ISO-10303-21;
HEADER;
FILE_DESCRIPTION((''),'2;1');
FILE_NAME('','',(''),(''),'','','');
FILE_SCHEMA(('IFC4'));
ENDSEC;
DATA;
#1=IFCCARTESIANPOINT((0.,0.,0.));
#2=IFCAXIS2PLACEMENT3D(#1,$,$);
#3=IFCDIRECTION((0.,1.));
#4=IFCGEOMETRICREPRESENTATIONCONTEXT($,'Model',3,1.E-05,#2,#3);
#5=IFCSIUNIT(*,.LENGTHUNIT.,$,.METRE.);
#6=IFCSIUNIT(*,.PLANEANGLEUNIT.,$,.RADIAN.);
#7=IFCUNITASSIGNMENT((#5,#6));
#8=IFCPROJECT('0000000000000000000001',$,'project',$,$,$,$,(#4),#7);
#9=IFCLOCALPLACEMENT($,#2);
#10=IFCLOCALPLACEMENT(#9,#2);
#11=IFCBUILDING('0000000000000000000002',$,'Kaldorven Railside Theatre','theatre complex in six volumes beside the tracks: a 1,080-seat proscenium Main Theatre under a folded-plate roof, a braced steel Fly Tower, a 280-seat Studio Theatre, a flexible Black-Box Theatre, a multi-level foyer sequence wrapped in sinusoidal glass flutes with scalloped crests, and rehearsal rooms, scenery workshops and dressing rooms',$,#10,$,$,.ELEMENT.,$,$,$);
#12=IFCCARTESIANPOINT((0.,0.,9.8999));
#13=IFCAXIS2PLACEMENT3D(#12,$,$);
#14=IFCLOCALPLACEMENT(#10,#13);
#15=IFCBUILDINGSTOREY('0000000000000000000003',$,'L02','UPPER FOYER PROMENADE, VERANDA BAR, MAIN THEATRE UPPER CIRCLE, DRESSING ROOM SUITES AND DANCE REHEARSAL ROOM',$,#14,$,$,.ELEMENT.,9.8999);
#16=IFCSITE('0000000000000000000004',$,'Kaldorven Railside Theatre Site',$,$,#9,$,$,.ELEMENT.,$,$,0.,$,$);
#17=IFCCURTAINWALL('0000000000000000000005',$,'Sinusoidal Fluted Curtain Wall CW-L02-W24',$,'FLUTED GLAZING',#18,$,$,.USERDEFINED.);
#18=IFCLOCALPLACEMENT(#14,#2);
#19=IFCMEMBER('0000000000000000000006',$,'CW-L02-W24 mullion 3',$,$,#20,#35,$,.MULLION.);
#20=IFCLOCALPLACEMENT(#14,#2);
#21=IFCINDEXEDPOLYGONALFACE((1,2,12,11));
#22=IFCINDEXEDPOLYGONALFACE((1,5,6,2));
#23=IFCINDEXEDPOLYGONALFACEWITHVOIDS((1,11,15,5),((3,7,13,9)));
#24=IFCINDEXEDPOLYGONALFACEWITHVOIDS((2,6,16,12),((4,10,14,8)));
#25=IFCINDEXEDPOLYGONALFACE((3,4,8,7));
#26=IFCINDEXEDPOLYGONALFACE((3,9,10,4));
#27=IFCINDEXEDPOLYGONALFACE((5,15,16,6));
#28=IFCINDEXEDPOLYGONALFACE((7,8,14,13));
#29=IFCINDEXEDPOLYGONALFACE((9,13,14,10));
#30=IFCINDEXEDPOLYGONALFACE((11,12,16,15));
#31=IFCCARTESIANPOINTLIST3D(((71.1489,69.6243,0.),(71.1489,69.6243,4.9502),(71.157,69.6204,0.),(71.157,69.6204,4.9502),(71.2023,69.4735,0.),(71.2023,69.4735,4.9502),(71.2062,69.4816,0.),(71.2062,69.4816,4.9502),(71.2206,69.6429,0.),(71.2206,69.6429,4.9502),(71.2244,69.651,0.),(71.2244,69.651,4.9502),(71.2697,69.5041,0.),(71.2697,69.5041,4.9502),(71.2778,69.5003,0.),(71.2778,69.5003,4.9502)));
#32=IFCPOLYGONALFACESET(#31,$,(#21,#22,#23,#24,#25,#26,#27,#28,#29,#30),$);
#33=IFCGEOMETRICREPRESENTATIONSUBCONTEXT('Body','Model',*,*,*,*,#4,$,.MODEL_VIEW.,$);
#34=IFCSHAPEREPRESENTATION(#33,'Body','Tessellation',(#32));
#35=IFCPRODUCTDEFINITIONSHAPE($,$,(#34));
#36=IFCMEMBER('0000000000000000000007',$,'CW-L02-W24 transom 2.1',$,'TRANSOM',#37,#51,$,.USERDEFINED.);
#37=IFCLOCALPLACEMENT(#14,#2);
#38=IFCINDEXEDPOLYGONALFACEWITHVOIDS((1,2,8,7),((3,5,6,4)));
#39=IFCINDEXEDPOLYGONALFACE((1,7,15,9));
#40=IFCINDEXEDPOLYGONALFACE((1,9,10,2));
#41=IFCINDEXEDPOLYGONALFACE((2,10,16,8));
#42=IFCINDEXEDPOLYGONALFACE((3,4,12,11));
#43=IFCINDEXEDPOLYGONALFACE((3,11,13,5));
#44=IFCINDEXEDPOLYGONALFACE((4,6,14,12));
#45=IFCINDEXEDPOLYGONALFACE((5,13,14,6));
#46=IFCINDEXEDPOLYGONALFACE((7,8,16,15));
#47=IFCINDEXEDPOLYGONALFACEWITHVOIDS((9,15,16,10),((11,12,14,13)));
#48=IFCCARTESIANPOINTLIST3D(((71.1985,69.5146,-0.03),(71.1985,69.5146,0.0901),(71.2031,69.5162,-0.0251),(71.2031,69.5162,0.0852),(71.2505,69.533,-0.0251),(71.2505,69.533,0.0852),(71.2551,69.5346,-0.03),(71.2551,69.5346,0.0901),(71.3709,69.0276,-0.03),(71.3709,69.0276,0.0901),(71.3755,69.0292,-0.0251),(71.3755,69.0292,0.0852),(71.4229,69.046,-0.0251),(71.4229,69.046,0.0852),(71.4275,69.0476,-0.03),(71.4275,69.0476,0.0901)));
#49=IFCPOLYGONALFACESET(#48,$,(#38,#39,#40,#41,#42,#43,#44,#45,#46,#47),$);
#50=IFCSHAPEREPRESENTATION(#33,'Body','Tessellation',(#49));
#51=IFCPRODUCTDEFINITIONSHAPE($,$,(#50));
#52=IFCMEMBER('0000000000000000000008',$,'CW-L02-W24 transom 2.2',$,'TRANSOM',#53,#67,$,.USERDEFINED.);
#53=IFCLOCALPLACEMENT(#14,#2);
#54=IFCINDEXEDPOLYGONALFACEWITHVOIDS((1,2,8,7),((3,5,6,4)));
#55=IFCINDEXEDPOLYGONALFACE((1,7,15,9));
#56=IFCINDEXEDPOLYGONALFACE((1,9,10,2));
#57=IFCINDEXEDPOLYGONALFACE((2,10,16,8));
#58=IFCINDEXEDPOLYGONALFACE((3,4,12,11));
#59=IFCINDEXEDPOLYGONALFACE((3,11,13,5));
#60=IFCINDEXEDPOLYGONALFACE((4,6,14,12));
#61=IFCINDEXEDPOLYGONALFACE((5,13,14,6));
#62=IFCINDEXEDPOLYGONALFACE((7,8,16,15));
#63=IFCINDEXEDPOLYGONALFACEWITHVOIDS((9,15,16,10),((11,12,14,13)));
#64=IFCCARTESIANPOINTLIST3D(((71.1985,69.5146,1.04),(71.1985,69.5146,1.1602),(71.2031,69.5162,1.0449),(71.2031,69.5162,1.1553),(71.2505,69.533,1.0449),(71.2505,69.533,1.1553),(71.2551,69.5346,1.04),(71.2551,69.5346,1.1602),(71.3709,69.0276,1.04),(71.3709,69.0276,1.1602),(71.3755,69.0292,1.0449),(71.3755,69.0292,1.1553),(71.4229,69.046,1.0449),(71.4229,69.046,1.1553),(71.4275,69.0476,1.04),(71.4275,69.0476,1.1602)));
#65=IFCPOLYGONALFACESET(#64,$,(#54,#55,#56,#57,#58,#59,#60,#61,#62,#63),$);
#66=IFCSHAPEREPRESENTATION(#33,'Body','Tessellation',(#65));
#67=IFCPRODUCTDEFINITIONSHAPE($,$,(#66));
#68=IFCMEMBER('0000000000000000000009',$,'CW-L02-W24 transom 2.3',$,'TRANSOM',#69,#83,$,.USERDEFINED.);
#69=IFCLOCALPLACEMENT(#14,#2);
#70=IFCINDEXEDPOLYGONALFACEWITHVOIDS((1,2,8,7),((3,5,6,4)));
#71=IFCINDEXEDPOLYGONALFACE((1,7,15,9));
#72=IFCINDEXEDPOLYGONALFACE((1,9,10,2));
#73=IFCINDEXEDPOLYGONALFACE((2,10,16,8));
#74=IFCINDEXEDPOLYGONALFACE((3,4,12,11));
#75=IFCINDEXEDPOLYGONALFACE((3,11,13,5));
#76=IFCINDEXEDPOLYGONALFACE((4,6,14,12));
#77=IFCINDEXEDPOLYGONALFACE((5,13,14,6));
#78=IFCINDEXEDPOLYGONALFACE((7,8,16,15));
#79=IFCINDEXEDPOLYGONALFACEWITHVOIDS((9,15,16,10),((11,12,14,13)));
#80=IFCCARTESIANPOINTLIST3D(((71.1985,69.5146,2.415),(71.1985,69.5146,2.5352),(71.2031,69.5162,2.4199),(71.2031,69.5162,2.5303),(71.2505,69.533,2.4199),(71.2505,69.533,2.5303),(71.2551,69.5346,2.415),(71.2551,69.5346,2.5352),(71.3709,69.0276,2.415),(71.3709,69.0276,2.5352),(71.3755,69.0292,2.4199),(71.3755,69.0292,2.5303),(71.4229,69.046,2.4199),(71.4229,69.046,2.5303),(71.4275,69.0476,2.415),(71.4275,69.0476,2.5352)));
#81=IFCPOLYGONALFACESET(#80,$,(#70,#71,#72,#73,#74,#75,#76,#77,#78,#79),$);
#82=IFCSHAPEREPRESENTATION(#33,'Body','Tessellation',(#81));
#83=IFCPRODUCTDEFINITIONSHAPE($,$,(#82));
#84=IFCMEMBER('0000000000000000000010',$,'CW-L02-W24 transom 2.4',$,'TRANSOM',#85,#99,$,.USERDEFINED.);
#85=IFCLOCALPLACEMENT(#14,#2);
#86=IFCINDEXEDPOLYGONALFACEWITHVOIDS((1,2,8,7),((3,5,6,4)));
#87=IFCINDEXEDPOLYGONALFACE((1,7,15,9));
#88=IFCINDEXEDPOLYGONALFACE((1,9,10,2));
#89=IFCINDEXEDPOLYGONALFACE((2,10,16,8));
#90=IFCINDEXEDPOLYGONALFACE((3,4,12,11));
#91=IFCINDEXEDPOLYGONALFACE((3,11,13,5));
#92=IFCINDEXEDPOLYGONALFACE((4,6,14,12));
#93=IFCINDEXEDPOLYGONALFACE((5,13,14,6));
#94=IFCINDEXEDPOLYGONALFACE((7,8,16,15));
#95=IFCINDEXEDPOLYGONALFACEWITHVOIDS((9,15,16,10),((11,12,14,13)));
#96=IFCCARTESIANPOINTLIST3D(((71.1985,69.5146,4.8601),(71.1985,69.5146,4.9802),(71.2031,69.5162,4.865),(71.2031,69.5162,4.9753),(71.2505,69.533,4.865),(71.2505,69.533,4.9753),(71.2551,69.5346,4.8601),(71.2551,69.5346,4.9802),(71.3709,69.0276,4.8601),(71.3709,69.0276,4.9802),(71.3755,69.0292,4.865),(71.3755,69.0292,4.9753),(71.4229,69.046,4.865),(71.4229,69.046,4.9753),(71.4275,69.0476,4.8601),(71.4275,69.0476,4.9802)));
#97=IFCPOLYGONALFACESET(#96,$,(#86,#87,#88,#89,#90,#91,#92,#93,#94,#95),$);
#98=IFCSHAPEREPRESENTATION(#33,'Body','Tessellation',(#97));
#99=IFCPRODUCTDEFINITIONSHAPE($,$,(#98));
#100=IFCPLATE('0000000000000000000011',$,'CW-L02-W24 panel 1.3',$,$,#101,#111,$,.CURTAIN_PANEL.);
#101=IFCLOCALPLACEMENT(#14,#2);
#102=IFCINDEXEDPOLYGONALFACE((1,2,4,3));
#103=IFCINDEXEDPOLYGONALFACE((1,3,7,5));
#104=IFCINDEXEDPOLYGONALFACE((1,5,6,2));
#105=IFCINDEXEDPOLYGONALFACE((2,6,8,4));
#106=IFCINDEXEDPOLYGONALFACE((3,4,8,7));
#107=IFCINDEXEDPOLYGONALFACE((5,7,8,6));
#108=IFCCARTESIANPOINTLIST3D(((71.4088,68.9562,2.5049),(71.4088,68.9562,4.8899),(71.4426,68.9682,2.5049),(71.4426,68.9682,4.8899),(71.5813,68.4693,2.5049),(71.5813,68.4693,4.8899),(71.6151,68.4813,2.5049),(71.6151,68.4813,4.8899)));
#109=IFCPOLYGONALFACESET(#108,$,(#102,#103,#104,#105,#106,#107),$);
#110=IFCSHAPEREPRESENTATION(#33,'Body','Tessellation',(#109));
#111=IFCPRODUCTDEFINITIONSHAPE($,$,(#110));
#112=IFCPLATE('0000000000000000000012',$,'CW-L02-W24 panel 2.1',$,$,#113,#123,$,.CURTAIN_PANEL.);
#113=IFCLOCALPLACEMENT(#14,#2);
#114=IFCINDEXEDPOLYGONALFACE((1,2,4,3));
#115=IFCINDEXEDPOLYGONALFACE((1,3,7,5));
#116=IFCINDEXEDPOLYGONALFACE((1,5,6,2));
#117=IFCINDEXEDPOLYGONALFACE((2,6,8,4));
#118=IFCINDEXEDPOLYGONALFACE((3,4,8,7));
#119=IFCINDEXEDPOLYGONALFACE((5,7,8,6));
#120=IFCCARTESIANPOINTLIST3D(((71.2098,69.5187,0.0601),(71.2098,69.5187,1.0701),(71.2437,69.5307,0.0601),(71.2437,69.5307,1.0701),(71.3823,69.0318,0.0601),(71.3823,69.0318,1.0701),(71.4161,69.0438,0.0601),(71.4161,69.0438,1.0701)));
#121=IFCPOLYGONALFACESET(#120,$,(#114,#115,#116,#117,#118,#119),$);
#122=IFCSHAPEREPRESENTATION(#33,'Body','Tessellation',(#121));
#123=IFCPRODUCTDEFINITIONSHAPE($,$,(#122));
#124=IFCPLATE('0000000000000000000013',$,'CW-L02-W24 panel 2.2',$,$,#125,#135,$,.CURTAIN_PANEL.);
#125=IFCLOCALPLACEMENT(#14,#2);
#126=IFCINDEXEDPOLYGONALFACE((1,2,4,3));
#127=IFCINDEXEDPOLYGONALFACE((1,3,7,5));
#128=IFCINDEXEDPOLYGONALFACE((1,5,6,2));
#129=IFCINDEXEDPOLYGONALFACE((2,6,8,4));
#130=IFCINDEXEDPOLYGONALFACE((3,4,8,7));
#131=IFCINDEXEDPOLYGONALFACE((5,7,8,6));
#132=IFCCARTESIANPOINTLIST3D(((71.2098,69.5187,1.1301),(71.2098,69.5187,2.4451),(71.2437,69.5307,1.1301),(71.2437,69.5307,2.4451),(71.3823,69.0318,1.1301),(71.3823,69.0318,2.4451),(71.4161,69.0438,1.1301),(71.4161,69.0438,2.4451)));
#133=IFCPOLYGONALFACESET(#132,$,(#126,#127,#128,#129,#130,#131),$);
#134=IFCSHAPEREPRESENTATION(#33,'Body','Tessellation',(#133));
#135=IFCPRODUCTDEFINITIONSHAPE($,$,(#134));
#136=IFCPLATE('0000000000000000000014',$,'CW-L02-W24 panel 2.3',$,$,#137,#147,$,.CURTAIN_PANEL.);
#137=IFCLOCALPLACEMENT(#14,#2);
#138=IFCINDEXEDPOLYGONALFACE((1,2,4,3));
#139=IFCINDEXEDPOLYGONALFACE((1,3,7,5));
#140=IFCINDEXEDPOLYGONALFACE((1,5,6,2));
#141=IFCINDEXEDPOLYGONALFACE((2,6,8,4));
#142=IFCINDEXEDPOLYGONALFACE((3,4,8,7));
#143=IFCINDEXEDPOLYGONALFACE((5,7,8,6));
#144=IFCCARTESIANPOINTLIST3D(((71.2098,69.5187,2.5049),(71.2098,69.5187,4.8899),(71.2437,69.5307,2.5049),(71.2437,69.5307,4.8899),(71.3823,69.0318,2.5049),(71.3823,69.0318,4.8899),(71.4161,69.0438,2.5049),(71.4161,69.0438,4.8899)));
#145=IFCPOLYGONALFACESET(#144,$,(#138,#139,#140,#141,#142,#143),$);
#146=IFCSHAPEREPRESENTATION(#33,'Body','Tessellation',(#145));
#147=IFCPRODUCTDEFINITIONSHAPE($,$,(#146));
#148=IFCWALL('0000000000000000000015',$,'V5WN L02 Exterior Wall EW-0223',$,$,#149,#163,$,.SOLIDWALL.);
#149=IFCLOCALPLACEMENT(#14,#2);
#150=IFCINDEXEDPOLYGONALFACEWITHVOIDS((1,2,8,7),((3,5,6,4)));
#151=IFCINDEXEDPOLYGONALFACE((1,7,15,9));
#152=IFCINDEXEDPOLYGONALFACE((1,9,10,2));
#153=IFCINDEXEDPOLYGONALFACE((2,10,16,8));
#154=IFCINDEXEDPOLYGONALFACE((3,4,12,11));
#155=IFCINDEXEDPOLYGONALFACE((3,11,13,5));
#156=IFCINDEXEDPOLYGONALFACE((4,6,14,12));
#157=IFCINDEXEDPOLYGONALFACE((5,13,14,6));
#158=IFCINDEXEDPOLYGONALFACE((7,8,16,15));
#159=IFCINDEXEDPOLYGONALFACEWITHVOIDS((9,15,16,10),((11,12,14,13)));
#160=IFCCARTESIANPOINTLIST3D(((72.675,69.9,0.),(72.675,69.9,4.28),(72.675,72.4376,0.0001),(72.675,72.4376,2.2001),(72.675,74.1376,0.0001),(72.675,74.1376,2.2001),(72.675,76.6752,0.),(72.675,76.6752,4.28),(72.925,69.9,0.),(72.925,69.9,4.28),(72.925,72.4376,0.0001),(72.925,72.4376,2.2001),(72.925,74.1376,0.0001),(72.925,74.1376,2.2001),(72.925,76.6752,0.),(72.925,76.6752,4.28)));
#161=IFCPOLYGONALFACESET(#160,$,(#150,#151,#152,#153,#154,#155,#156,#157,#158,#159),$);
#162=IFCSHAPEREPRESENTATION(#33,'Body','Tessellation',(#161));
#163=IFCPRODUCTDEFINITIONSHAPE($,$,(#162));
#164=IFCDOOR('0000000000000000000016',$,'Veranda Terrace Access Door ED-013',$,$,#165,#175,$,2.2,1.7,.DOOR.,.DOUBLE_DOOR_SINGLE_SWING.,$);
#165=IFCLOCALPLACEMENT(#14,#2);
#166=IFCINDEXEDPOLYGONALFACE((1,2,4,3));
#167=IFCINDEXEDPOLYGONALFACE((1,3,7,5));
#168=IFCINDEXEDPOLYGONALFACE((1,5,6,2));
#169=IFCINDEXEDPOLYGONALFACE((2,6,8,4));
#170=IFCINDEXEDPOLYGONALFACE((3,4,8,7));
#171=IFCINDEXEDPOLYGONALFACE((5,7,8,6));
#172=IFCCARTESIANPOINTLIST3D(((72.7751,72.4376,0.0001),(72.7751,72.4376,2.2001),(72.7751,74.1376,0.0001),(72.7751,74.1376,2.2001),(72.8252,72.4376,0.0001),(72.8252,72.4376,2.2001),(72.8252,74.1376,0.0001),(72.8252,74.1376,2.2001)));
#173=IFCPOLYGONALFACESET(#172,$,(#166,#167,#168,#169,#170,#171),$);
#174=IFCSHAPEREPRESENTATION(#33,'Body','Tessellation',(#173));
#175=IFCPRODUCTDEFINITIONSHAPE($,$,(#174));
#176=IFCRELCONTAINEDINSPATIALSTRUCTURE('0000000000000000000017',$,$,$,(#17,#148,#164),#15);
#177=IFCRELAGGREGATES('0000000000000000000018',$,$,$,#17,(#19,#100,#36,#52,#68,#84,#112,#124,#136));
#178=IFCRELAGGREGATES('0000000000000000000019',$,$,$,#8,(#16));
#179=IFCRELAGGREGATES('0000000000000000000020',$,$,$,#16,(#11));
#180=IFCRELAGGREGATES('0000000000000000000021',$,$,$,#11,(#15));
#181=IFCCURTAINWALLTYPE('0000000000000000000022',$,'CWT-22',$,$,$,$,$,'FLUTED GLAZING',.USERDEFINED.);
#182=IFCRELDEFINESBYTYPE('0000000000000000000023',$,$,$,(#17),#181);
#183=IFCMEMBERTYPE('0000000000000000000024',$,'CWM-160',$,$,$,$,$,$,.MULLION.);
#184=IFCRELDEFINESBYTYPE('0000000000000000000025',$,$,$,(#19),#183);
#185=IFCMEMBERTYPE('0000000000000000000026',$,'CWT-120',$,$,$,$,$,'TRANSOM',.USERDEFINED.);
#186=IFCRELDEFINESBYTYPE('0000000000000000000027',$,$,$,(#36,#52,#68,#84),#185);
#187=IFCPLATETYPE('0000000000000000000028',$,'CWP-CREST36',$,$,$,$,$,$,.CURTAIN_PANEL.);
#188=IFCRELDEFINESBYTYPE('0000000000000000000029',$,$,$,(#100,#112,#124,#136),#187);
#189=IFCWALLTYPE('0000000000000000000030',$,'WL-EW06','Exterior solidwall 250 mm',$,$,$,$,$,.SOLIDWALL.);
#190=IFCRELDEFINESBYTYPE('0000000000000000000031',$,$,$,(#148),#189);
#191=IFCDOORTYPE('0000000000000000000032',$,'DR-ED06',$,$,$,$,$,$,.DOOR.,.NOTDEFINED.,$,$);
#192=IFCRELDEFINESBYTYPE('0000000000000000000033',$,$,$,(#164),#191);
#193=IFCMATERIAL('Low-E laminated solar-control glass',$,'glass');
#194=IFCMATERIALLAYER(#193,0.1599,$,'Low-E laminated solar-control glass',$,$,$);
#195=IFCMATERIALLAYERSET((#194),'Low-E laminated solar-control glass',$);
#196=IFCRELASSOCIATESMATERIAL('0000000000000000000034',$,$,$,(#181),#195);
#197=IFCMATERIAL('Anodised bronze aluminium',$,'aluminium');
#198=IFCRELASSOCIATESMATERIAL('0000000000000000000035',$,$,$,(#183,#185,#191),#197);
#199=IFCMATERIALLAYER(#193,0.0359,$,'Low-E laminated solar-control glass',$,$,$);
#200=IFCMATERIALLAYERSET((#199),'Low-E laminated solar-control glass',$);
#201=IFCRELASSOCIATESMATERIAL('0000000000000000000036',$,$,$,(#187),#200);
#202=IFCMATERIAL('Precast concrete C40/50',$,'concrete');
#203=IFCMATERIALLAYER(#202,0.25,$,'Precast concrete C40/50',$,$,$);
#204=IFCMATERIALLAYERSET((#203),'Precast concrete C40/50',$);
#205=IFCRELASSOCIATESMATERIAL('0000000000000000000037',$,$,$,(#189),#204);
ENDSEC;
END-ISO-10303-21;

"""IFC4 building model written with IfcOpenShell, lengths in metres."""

from ifc_helpers import new_model, si_unit, direction, frame, frame_2d, origin, origin_2d, place, context, subcontext, project, spatial, rectangle, hollow_rectangle, extrude, material, layer, layer_set, material_profile, profile_set, type_object, element, fill, aggregate, save


model = new_model("IFC4")

# Units and contexts
model_context = context("Model", 3, precision=1e-05, world=origin(), true_north=direction((0.0, 1.0)))
body_context = subcontext(model_context, "Body", "Model", "MODEL_VIEW")
ifc_project = project(units=[si_unit("LENGTHUNIT", "METRE"), si_unit("PLANEANGLEUNIT", "RADIAN")], contexts=[model_context])

# Site, building, storey
site_placement = place(None, origin())
site = spatial("IfcSite", under=ifc_project, at=site_placement, Name="Kaldorven Railside Theatre Site", CompositionType="ELEMENT", RefElevation=0.0)
building_placement = place(site_placement, origin())
building = spatial("IfcBuilding", under=site, at=building_placement, Name="Kaldorven Railside Theatre", Description="theatre complex in six volumes beside the tracks: a 1,080-seat proscenium Main Theatre under a folded-plate roof, a braced steel Fly Tower, a 280-seat Studio Theatre, a flexible Black-Box Theatre, a multi-level foyer sequence wrapped in sinusoidal glass flutes with scalloped crests, and rehearsal rooms, scenery workshops and dressing rooms", CompositionType="ELEMENT")
storey_placement = place(building_placement, frame((0.0, 0.0, 9.8999)))
storey = spatial("IfcBuildingStorey", under=building, at=storey_placement, Name="L02", Description="UPPER FOYER PROMENADE, VERANDA BAR, MAIN THEATRE UPPER CIRCLE, DRESSING ROOM SUITES AND DANCE REHEARSAL ROOM", CompositionType="ELEMENT", Elevation=9.8999)

# Curtain wall, members, plates
ifc_material_1 = material(Name="Low-E laminated solar-control glass", Category="glass")
ifc_layer_1 = layer(ifc_material_1, 0.1599, Name="Low-E laminated solar-control glass")
ifc_layer_set_1 = layer_set([ifc_layer_1], Name="Low-E laminated solar-control glass")
curtain_wall_type = type_object("IfcCurtainWallType", Name="CWT-22", ElementType="FLUTED GLAZING", PredefinedType="USERDEFINED", material=ifc_layer_set_1)
curtain_wall_placement = place(storey_placement, origin())
curtain_wall = element("IfcCurtainWall", 1, at=curtain_wall_placement, inside=storey, type_object=curtain_wall_type, Name="Sinusoidal Fluted Curtain Wall CW-L02-W24", ObjectType="FLUTED GLAZING", PredefinedType="USERDEFINED")
ifc_material_2 = material(Name="Anodised bronze aluminium", Category="aluminium")
ifc_material_profile_1 = material_profile(ifc_material_2, hollow_rectangle(XDim=0.0801, YDim=0.1599, WallThickness=0.0063, at=origin_2d()), Name="RHS 160x80x6.3")
ifc_profile_set_1 = profile_set([ifc_material_profile_1], Name="Anodised bronze aluminium")
member_type_1 = type_object("IfcMemberType", Name="CWM-160", PredefinedType="MULLION", material=ifc_profile_set_1)
member_1_placement = place(storey_placement, frame((71.2134, 69.5623, 0.0), z_axis=(0.0, 0.0, 1.0), x_axis=(-0.942627, -0.333847, 0.0)))
member_1 = element("IfcMember", 2, at=member_1_placement, type_object=member_type_1, Name="CW-L02-W24 mullion 3", PredefinedType="MULLION", context=body_context, shape_type="SweptSolid", body=[
    extrude(hollow_rectangle(XDim=0.0801, YDim=0.1599, WallThickness=0.0063, at=origin_2d()), origin(), (0.0, 0.0, 1.0), 4.9502),
])
ifc_material_profile_2 = material_profile(ifc_material_2, hollow_rectangle(XDim=0.0601, YDim=0.1201, WallThickness=0.0049, at=origin_2d()), Name="RHS 120x60x5")
ifc_profile_set_2 = profile_set([ifc_material_profile_2], Name="Anodised bronze aluminium")
member_type_2 = type_object("IfcMemberType", Name="CWT-120", ElementType="TRANSOM", PredefinedType="USERDEFINED", material=ifc_profile_set_2)
member_2_placement = place(storey_placement, frame((71.3992, 69.0376, 0.03), z_axis=(-0.333611, 0.942711, 0.0), x_axis=(-0.942711, -0.333611, 0.0)))
member_2 = element("IfcMember", 3, at=member_2_placement, type_object=member_type_2, Name="CW-L02-W24 transom 2.1", ObjectType="TRANSOM", PredefinedType="USERDEFINED", context=body_context, shape_type="SweptSolid", body=[
    extrude(hollow_rectangle(XDim=0.0601, YDim=0.1201, WallThickness=0.0049, at=origin_2d()), origin(), (0.0, 0.0, 1.0), 0.5166),
])
member_3_placement = place(storey_placement, frame((71.3992, 69.0376, 1.1001), z_axis=(-0.333611, 0.942711, 0.0), x_axis=(-0.942711, -0.333611, 0.0)))
member_3 = element("IfcMember", 4, at=member_3_placement, type_object=member_type_2, Name="CW-L02-W24 transom 2.2", ObjectType="TRANSOM", PredefinedType="USERDEFINED", context=body_context, shape_type="SweptSolid", body=[
    extrude(hollow_rectangle(XDim=0.0601, YDim=0.1201, WallThickness=0.0049, at=origin_2d()), origin(), (0.0, 0.0, 1.0), 0.5166),
])
member_4_placement = place(storey_placement, frame((71.3992, 69.0376, 2.4751), z_axis=(-0.333611, 0.942711, 0.0), x_axis=(-0.942711, -0.333611, 0.0)))
member_4 = element("IfcMember", 5, at=member_4_placement, type_object=member_type_2, Name="CW-L02-W24 transom 2.3", ObjectType="TRANSOM", PredefinedType="USERDEFINED", context=body_context, shape_type="SweptSolid", body=[
    extrude(hollow_rectangle(XDim=0.0601, YDim=0.1201, WallThickness=0.0049, at=origin_2d()), origin(), (0.0, 0.0, 1.0), 0.5166),
])
member_5_placement = place(storey_placement, frame((71.3992, 69.0376, 4.9202), z_axis=(-0.333611, 0.942711, 0.0), x_axis=(-0.942711, -0.333611, 0.0)))
member_5 = element("IfcMember", 6, at=member_5_placement, type_object=member_type_2, Name="CW-L02-W24 transom 2.4", ObjectType="TRANSOM", PredefinedType="USERDEFINED", context=body_context, shape_type="SweptSolid", body=[
    extrude(hollow_rectangle(XDim=0.0601, YDim=0.1201, WallThickness=0.0049, at=origin_2d()), origin(), (0.0, 0.0, 1.0), 0.5166),
])
ifc_layer_2 = layer(ifc_material_1, 0.0359, Name="Low-E laminated solar-control glass")
ifc_layer_set_2 = layer_set([ifc_layer_2], Name="Low-E laminated solar-control glass")
plate_type = type_object("IfcPlateType", Name="CWP-CREST36", PredefinedType="CURTAIN_PANEL", material=ifc_layer_set_2)
plate_1_placement = place(storey_placement, frame((71.512, 68.7188, 2.5049), z_axis=(0.0, 0.0, 1.0), x_axis=(-0.333847, 0.942627, 0.0)))
plate_1 = element("IfcPlate", 7, at=plate_1_placement, type_object=plate_type, Name="CW-L02-W24 panel 1.3", PredefinedType="CURTAIN_PANEL", context=body_context, shape_type="SweptSolid", body=[
    extrude(rectangle(XDim=0.5166, YDim=0.0359, at=origin_2d()), origin(), (0.0, 0.0, 1.0), 2.385),
])
plate_2_placement = place(storey_placement, frame((71.313, 69.2812, 0.0601), z_axis=(0.0, 0.0, 1.0), x_axis=(-0.333847, 0.942627, 0.0)))
plate_2 = element("IfcPlate", 8, at=plate_2_placement, type_object=plate_type, Name="CW-L02-W24 panel 2.1", PredefinedType="CURTAIN_PANEL", context=body_context, shape_type="SweptSolid", body=[
    extrude(rectangle(XDim=0.5166, YDim=0.0359, at=origin_2d()), origin(), (0.0, 0.0, 1.0), 1.01),
])
plate_3_placement = place(storey_placement, frame((71.313, 69.2812, 1.1301), z_axis=(0.0, 0.0, 1.0), x_axis=(-0.333847, 0.942627, 0.0)))
plate_3 = element("IfcPlate", 9, at=plate_3_placement, type_object=plate_type, Name="CW-L02-W24 panel 2.2", PredefinedType="CURTAIN_PANEL", context=body_context, shape_type="SweptSolid", body=[
    extrude(rectangle(XDim=0.5166, YDim=0.0359, at=origin_2d()), origin(), (0.0, 0.0, 1.0), 1.3149),
])
plate_4_placement = place(storey_placement, frame((71.313, 69.2812, 2.5049), z_axis=(0.0, 0.0, 1.0), x_axis=(-0.333847, 0.942627, 0.0)))
plate_4 = element("IfcPlate", 10, at=plate_4_placement, type_object=plate_type, Name="CW-L02-W24 panel 2.3", PredefinedType="CURTAIN_PANEL", context=body_context, shape_type="SweptSolid", body=[
    extrude(rectangle(XDim=0.5166, YDim=0.0359, at=origin_2d()), origin(), (0.0, 0.0, 1.0), 2.385),
])
aggregate(curtain_wall, [member_1, plate_1, member_2, member_3, member_4, member_5, plate_2, plate_3, plate_4])

# Wall, opening, door
ifc_material_3 = material(Name="Precast concrete C40/50", Category="concrete")
ifc_layer_3 = layer(ifc_material_3, 0.25, Name="Precast concrete C40/50")
ifc_layer_set_3 = layer_set([ifc_layer_3], Name="Precast concrete C40/50")
wall_type = type_object("IfcWallType", Name="WL-EW06", Description="Exterior solidwall 250 mm", PredefinedType="SOLIDWALL", material=ifc_layer_set_3)
wall_1_placement = place(storey_placement, frame((72.8, 69.8999, 0.0), z_axis=(0.0, 0.0, 1.0), x_axis=(0.0, 1.0, 0.0)))
wall_1 = element("IfcWall", 11, at=wall_1_placement, inside=storey, type_object=wall_type, Name="V5WN L02 Exterior Wall EW-0223", PredefinedType="SOLIDWALL", context=body_context, shape_type="SweptSolid", body=[
    extrude(rectangle(XDim=6.7751, YDim=0.25, at=frame_2d((3.3877, 0.0))), origin(), (0.0, 0.0, 1.0), 4.28),
])
opening_1_placement = place(wall_1_placement, frame((2.5376, 0.0, 0.0)))
opening_1 = element("IfcOpeningElement", 12, at=opening_1_placement, cuts=wall_1, PredefinedType="OPENING", context=body_context, shape_type="SweptSolid", body=[
    extrude(rectangle(XDim=1.7, YDim=2.2, at=frame_2d((0.8501, 1.1001))), frame((0.0, 0.135, 0.0), z_axis=(0.0, -1.0, 0.0), x_axis=(1.0, 0.0, 0.0)), (0.0, 0.0, 1.0), 0.27),
])
door_type = type_object("IfcDoorType", Name="DR-ED06", OperationType="NOTDEFINED", PredefinedType="DOOR", material=ifc_material_2)
door_placement = place(opening_1_placement, origin())
door = element("IfcDoor", 13, at=door_placement, inside=storey, type_object=door_type, Name="Veranda Terrace Access Door ED-013", OperationType="DOUBLE_DOOR_SINGLE_SWING", OverallHeight=2.2, OverallWidth=1.7, PredefinedType="DOOR", context=body_context, shape_type="SweptSolid", body=[
    extrude(rectangle(XDim=1.7, YDim=2.2, at=frame_2d((0.8501, 1.1001))), frame((0.0, 0.0249, 0.0), z_axis=(0.0, -1.0, 0.0), x_axis=(1.0, 0.0, 0.0)), (0.0, 0.0, 1.0), 0.05),
])
fill(opening_1, door)

save(model, "model.ifc")
